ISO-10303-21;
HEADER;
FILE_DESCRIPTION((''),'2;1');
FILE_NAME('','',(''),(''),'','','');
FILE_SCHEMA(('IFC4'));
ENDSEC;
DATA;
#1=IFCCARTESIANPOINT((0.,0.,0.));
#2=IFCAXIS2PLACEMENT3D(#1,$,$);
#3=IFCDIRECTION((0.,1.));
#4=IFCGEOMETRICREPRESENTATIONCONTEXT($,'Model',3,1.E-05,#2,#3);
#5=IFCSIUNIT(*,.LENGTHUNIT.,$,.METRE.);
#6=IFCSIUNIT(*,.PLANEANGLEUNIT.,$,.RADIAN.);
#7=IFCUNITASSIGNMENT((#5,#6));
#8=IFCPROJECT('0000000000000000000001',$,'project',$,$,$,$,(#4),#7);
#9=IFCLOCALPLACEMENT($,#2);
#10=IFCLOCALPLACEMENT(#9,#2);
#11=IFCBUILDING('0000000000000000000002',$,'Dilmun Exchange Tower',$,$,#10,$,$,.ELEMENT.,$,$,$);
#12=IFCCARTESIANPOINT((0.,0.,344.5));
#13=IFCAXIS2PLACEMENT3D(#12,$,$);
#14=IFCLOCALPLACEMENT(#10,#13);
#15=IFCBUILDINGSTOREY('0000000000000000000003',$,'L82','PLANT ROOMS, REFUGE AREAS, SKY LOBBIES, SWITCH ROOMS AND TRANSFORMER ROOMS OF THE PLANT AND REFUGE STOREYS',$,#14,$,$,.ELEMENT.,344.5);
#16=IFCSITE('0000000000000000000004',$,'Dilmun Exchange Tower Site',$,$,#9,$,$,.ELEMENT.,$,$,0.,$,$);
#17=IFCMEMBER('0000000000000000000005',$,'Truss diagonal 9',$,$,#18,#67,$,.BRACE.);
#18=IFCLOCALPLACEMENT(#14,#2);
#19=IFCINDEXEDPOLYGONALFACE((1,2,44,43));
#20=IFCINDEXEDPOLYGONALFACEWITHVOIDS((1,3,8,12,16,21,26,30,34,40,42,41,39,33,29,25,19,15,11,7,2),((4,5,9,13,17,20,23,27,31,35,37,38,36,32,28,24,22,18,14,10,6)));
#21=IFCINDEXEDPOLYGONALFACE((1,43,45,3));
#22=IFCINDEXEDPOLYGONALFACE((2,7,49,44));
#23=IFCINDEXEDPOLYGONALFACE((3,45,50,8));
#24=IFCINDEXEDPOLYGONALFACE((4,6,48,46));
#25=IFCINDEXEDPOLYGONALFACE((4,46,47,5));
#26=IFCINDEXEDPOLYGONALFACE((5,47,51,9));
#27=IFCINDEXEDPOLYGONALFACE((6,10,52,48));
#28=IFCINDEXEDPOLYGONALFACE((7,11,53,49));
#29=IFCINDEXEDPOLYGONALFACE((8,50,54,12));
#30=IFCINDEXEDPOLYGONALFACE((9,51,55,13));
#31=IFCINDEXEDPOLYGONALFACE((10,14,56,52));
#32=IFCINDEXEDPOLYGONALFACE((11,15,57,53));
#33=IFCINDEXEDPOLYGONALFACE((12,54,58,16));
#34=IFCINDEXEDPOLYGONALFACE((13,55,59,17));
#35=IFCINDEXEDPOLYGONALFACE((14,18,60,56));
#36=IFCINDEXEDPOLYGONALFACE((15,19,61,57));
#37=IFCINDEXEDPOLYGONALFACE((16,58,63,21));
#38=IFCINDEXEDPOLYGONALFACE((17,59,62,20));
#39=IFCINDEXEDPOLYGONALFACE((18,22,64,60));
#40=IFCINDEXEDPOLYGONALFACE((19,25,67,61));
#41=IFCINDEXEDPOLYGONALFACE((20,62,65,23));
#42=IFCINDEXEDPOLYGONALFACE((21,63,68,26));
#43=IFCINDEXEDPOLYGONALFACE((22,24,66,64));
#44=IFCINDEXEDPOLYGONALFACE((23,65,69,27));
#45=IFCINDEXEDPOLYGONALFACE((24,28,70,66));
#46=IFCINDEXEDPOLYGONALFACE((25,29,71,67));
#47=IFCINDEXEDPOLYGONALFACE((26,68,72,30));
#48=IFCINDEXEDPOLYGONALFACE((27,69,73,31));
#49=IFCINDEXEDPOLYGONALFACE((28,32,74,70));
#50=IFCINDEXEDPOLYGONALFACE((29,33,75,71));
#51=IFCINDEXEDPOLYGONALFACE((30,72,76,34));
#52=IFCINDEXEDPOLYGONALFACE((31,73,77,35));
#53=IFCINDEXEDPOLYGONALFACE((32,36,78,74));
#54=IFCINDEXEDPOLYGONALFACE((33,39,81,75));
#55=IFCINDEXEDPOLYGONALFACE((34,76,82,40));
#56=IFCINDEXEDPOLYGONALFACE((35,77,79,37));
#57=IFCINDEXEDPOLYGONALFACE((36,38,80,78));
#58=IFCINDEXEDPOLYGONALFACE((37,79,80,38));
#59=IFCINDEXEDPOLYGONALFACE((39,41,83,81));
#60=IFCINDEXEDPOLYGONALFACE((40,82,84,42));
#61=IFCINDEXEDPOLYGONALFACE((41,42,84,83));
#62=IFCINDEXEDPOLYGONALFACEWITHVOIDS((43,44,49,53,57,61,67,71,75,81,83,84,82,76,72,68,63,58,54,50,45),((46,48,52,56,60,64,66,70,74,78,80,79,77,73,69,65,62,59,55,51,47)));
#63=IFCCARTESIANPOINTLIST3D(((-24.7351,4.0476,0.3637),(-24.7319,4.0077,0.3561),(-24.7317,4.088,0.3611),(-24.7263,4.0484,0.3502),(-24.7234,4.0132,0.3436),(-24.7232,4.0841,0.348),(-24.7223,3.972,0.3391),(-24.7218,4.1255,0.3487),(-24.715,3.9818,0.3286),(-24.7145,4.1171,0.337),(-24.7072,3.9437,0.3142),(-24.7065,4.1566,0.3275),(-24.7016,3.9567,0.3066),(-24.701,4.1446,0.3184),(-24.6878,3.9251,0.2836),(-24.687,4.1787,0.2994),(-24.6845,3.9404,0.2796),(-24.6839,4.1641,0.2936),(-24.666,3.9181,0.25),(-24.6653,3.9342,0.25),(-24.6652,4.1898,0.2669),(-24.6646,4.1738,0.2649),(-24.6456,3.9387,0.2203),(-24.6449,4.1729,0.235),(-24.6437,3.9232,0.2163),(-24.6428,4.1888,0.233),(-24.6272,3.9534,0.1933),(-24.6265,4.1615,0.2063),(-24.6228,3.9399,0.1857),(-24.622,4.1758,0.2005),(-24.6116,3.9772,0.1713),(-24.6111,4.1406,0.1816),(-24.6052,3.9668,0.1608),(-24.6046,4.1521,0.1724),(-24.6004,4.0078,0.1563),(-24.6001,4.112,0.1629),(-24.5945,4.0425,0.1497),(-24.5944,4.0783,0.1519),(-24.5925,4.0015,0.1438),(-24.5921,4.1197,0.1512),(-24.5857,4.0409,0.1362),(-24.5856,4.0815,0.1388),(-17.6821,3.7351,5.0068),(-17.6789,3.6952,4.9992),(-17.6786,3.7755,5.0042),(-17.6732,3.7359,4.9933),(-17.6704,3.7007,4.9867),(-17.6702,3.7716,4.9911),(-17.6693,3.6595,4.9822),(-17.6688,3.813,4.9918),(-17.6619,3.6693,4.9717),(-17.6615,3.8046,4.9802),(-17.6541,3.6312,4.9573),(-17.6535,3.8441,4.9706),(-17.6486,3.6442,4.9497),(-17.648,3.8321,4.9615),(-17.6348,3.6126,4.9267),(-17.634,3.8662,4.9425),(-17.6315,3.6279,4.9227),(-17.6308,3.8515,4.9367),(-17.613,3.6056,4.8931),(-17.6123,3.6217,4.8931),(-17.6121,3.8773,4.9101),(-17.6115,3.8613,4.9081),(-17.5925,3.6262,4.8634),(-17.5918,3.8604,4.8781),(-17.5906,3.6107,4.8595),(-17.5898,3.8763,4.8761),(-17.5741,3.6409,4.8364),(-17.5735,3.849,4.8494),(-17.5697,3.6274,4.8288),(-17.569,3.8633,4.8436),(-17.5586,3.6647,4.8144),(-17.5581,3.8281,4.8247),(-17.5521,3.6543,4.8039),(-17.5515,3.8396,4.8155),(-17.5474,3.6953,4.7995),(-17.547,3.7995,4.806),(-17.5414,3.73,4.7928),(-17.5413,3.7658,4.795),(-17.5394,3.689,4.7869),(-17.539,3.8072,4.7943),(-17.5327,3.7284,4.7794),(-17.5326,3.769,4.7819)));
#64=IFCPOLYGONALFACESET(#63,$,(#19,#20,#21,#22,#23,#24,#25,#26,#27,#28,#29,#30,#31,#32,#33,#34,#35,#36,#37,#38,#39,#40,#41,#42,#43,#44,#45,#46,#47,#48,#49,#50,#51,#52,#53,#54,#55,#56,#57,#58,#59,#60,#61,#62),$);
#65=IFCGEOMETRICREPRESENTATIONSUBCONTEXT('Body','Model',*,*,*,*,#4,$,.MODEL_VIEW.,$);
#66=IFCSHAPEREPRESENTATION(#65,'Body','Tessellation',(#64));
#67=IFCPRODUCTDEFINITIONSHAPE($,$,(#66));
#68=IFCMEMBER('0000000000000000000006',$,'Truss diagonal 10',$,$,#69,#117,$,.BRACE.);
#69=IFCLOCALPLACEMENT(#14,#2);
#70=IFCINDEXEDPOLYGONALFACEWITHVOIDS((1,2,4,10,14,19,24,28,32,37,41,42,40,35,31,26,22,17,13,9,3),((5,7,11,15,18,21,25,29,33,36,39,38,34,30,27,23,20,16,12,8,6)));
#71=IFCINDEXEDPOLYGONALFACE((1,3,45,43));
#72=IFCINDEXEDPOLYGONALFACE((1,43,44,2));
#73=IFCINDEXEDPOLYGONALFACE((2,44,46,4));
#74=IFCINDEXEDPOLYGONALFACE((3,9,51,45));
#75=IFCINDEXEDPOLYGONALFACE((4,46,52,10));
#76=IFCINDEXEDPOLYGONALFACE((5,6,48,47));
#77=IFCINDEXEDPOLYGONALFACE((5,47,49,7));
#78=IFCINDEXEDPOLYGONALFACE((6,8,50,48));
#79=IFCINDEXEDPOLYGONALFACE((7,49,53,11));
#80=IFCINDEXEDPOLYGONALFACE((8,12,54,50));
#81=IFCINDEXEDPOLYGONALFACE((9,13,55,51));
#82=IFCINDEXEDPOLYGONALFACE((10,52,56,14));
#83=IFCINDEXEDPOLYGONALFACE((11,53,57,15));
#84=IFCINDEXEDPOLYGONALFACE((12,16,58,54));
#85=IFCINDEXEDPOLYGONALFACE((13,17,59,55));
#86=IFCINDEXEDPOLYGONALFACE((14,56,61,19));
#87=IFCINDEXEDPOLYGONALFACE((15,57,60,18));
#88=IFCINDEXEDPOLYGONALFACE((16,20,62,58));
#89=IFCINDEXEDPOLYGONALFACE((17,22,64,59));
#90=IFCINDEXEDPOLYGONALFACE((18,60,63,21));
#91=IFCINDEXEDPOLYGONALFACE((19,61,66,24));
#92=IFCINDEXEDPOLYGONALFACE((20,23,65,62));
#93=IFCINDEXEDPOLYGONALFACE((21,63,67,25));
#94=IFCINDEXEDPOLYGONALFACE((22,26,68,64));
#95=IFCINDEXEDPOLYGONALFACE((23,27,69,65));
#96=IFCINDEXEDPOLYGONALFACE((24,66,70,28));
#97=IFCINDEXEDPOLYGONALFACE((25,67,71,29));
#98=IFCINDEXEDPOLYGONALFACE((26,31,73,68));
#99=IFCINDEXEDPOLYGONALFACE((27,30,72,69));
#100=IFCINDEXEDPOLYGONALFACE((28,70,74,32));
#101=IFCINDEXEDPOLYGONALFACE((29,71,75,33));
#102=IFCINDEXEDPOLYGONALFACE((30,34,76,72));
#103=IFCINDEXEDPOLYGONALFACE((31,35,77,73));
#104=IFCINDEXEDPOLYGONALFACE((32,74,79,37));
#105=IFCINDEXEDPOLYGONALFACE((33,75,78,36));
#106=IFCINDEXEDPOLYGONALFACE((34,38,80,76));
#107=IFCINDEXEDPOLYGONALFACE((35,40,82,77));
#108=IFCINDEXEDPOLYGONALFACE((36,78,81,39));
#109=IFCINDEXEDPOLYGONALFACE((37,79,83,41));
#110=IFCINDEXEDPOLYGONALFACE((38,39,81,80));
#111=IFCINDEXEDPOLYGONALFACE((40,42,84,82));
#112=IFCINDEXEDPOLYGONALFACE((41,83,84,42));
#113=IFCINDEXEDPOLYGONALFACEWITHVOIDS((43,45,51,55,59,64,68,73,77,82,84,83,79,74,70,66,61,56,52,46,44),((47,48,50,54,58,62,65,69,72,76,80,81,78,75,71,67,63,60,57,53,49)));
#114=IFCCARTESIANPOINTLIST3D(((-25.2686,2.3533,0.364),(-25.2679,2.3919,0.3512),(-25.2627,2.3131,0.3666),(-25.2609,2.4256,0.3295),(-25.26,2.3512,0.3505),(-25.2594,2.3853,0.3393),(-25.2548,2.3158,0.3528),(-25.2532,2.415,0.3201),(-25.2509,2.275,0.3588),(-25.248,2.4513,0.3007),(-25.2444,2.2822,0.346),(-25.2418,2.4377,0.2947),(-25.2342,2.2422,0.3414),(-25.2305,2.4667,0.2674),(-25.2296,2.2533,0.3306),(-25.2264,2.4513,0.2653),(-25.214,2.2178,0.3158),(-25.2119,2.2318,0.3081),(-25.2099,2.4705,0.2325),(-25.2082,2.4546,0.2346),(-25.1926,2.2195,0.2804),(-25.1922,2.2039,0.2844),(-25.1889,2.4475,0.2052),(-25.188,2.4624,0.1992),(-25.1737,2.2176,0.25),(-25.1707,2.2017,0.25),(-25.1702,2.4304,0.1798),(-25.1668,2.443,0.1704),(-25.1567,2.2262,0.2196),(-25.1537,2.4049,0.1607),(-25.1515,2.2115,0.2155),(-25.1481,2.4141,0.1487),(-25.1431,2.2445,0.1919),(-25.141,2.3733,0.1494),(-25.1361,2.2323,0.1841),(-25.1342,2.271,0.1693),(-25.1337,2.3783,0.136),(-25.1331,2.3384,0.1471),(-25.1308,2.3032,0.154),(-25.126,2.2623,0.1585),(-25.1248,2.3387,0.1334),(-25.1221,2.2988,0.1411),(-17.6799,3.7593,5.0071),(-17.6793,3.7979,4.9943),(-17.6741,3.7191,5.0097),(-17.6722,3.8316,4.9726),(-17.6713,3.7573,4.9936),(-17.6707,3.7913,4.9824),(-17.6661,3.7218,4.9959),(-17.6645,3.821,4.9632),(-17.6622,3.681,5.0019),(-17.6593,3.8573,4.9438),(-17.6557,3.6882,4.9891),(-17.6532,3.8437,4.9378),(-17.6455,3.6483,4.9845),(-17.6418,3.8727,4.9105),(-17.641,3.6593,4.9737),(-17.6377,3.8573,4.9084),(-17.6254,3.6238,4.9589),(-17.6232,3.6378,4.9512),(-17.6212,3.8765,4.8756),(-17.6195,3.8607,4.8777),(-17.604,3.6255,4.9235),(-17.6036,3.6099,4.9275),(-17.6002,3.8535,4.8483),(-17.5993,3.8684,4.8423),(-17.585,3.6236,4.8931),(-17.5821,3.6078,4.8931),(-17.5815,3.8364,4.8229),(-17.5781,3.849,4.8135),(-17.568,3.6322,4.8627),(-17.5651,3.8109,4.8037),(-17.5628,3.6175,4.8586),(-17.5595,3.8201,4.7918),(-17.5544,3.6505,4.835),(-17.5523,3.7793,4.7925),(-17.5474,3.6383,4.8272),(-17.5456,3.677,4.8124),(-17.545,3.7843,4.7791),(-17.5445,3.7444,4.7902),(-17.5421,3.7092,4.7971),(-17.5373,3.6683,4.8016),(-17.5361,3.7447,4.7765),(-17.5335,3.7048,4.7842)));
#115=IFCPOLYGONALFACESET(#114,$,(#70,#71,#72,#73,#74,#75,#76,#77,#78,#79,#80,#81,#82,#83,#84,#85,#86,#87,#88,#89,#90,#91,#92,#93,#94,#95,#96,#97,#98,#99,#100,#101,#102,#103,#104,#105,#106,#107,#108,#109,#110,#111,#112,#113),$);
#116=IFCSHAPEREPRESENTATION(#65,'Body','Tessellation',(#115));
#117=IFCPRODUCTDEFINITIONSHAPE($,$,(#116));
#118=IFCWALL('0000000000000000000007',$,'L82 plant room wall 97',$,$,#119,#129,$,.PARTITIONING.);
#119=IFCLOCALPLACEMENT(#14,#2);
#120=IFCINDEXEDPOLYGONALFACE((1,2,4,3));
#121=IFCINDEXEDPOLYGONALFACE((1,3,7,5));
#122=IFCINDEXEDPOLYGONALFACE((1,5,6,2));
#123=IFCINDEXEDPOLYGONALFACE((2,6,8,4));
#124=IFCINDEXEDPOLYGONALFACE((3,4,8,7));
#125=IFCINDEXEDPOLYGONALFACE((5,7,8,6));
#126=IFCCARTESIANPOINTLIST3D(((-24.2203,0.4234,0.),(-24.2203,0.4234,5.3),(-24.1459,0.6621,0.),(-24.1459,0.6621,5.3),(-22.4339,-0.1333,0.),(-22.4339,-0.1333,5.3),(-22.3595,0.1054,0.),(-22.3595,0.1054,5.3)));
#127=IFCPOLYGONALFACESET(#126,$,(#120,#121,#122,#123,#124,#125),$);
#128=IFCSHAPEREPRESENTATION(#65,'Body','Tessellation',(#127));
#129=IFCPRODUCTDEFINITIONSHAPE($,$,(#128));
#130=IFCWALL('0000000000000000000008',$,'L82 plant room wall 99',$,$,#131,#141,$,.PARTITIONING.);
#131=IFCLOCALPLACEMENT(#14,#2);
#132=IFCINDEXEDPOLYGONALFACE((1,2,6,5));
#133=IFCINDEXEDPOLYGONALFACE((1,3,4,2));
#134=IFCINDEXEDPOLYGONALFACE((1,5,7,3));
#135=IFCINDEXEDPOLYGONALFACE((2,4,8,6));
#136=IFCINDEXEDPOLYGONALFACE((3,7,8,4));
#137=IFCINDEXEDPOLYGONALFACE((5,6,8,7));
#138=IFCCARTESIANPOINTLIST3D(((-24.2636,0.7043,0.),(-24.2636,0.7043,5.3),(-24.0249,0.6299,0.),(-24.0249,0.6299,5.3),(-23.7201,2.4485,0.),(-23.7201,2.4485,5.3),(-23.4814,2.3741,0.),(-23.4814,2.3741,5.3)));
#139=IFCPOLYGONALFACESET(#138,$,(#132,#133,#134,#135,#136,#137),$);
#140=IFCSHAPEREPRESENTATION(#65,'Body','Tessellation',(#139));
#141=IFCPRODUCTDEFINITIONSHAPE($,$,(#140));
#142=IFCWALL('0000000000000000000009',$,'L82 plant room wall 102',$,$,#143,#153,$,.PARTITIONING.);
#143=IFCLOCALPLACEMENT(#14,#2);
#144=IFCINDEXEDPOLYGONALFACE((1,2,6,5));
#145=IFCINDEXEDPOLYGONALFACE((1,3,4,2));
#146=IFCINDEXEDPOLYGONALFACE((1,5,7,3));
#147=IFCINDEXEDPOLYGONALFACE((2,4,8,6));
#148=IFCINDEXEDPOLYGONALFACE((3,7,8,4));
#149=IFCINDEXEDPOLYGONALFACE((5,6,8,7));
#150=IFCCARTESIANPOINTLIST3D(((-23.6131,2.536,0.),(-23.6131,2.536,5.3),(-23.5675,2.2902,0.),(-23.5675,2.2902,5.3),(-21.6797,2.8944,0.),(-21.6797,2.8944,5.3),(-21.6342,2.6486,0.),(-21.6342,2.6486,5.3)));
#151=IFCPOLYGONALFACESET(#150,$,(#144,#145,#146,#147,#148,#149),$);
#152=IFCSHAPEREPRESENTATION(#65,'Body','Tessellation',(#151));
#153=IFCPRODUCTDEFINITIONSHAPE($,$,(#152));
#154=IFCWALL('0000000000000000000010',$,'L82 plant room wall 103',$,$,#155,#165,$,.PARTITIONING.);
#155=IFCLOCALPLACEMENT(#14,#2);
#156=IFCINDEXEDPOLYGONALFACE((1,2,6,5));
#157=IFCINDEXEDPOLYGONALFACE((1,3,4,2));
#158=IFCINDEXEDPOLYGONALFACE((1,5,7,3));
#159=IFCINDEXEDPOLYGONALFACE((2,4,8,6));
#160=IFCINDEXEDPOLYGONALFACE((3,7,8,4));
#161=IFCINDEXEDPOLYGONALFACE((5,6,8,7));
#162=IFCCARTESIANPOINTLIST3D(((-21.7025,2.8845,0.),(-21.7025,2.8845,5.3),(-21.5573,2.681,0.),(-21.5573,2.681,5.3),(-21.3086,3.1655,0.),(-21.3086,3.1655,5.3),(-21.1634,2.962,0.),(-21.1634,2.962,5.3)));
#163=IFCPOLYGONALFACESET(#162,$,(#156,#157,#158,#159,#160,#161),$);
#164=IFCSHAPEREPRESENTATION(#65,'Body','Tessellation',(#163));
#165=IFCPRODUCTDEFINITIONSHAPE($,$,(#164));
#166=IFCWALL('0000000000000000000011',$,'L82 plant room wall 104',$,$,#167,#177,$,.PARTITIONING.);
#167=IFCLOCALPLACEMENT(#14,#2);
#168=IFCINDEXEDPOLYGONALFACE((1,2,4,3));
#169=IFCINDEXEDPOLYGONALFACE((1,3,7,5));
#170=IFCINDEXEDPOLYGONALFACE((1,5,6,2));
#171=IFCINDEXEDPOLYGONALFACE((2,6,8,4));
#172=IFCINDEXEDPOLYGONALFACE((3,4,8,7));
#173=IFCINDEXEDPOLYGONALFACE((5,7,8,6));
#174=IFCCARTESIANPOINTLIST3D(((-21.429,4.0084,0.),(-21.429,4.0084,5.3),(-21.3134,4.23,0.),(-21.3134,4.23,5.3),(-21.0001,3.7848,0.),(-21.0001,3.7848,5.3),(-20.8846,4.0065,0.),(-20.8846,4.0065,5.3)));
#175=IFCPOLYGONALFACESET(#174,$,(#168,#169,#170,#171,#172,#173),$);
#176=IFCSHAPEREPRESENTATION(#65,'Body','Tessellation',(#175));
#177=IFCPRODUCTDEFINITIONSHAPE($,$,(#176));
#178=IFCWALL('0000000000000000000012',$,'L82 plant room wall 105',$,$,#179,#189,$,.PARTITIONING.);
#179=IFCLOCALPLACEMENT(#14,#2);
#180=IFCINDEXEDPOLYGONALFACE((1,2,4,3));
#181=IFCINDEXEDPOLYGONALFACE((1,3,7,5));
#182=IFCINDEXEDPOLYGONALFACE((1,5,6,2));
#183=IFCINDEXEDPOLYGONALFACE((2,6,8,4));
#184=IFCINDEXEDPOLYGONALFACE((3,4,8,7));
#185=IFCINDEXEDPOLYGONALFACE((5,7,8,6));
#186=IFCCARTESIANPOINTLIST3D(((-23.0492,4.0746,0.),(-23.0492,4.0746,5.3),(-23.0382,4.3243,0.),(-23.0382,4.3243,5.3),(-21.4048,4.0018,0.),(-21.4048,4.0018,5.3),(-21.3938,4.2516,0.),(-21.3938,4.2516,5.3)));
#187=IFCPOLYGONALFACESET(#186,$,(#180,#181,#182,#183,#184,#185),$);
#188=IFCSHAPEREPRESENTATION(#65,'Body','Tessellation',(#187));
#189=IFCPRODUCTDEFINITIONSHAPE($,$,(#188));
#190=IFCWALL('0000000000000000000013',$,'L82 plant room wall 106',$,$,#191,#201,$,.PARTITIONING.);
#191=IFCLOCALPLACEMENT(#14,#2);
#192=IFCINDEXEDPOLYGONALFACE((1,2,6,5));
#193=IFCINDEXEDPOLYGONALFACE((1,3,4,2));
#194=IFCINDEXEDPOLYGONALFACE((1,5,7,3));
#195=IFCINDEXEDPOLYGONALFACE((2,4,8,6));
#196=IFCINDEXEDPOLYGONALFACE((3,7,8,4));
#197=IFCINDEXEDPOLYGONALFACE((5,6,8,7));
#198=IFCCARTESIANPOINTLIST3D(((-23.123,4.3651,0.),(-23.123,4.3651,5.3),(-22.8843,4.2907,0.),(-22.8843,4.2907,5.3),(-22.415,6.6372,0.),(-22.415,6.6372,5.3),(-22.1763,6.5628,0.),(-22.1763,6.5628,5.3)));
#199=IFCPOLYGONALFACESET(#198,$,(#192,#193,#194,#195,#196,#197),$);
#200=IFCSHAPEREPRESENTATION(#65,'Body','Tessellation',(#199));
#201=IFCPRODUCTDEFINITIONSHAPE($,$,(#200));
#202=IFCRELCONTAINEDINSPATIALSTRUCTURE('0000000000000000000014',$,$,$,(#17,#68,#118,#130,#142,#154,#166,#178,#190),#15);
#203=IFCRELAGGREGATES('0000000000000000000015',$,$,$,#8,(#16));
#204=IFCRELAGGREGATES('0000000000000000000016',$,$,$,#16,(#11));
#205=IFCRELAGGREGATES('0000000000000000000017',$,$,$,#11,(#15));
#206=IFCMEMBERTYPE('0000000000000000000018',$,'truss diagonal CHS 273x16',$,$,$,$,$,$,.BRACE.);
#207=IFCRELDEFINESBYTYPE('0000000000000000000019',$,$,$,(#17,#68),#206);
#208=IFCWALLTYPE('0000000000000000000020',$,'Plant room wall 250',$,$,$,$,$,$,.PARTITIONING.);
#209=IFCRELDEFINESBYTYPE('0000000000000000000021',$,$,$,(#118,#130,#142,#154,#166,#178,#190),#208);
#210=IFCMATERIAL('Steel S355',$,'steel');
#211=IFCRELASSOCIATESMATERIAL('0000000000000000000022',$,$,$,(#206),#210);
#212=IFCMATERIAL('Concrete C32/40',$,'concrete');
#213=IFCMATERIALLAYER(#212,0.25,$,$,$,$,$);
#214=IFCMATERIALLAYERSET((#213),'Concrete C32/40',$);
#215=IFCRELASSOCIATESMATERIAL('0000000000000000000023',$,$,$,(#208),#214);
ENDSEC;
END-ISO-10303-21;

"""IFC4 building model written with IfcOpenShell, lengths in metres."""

from ifc_helpers import new_model, si_unit, direction, frame, frame_2d, origin, origin_2d, place, context, subcontext, project, spatial, rectangle, hollow_circle, extrude, material, layer, layer_set, material_profile, profile_set, type_object, element, save


model = new_model("IFC4")

# Units and contexts
model_context = context("Model", 3, precision=1e-05, world=origin(), true_north=direction((0.0, 1.0)))
body_context = subcontext(model_context, "Body", "Model", "MODEL_VIEW")
ifc_project = project(units=[si_unit("LENGTHUNIT", "METRE"), si_unit("PLANEANGLEUNIT", "RADIAN")], contexts=[model_context])

# Site, building, storey
site_placement = place(None, origin())
site = spatial("IfcSite", under=ifc_project, at=site_placement, Name="Dilmun Exchange Tower Site", CompositionType="ELEMENT", RefElevation=0.0)
building_placement = place(site_placement, origin())
building = spatial("IfcBuilding", under=site, at=building_placement, Name="Dilmun Exchange Tower", CompositionType="ELEMENT")
storey_placement = place(building_placement, frame((0.0, 0.0, 344.5)))
storey = spatial("IfcBuildingStorey", under=building, at=storey_placement, Name="L82", Description="PLANT ROOMS, REFUGE AREAS, SKY LOBBIES, SWITCH ROOMS AND TRANSFORMER ROOMS OF THE PLANT AND REFUGE STOREYS", CompositionType="ELEMENT", Elevation=344.5)

# Shared definitions
ifc_material_1 = material(Name="Steel S355", Category="steel")

# Members
ifc_material_profile_1 = material_profile(ifc_material_1, hollow_circle(Radius=0.1365, WallThickness=0.0161, at=origin_2d()), Name="CHS 273x16")
ifc_profile_set_1 = profile_set([ifc_material_profile_1], Name="Steel S355")
member_type = type_object("IfcMemberType", Name="truss diagonal CHS 273x16", PredefinedType="BRACE", material=ifc_profile_set_1)
member_1_placement = place(storey_placement, frame((-17.6069, 3.7419, 4.8931), z_axis=(-0.834685, 0.036983, -0.549484), x_axis=(-0.044264, -0.99902, 0.0)))
element("IfcMember", 1, at=member_1_placement, inside=storey, type_object=member_type, Name="Truss diagonal 9", PredefinedType="BRACE", context=body_context, shape_type="SweptSolid", body=[
    extrude(hollow_circle(Radius=0.1365, WallThickness=0.0161, at=origin_2d()), origin(), (0.0, 0.0, 1.0), 8.45),
])
member_2_placement = place(storey_placement, frame((-17.6069, 3.7419, 4.8931), z_axis=(-0.842545, -0.156105, -0.515508), x_axis=(0.182178, -0.983266, 0.0)))
element("IfcMember", 2, at=member_2_placement, inside=storey, type_object=member_type, Name="Truss diagonal 10", PredefinedType="BRACE", context=body_context, shape_type="SweptSolid", body=[
    extrude(hollow_circle(Radius=0.1365, WallThickness=0.0161, at=origin_2d()), origin(), (0.0, 0.0, 1.0), 9.0068),
])

# Walls
ifc_material_2 = material(Name="Concrete C32/40", Category="concrete")
ifc_layer_1 = layer(ifc_material_2, 0.25)
ifc_layer_set_1 = layer_set([ifc_layer_1], Name="Concrete C32/40")
wall_type = type_object("IfcWallType", Name="Plant room wall 250", PredefinedType="PARTITIONING", material=ifc_layer_set_1)
wall_1_placement = place(storey_placement, frame((-24.1831, 0.5427, 0.0), z_axis=(0.0, 0.0, 1.0), x_axis=(0.954723, -0.297495, 0.0)))
element("IfcWall", 3, at=wall_1_placement, inside=storey, type_object=wall_type, Name="L82 plant room wall 97", PredefinedType="PARTITIONING", context=body_context, shape_type="SweptSolid", body=[
    extrude(rectangle(XDim=1.8711, YDim=0.25, at=frame_2d((0.9355, 0.0))), origin(), (0.0, 0.0, 1.0), 5.3),
])
wall_2_placement = place(storey_placement, frame((-24.1443, 0.667, 0.0), z_axis=(0.0, 0.0, 1.0), x_axis=(0.297484, 0.954727, 0.0)))
element("IfcWall", 4, at=wall_2_placement, inside=storey, type_object=wall_type, Name="L82 plant room wall 99", PredefinedType="PARTITIONING", context=body_context, shape_type="SweptSolid", body=[
    extrude(rectangle(XDim=1.8269, YDim=0.25, at=frame_2d((0.9136, 0.0))), origin(), (0.0, 0.0, 1.0), 5.3),
])
wall_3_placement = place(storey_placement, frame((-23.5903, 2.4131, 0.0), z_axis=(0.0, 0.0, 1.0), x_axis=(0.983248, 0.182272, 0.0)))
element("IfcWall", 5, at=wall_3_placement, inside=storey, type_object=wall_type, Name="L82 plant room wall 102", PredefinedType="PARTITIONING", context=body_context, shape_type="SweptSolid", body=[
    extrude(rectangle(XDim=1.9663, YDim=0.25, at=frame_2d((0.9832, 0.0))), origin(), (0.0, 0.0, 1.0), 5.3),
])
wall_4_placement = place(storey_placement, frame((-21.6299, 2.7827, 0.0), z_axis=(0.0, 0.0, 1.0), x_axis=(0.814006, 0.580856, 0.0)))
element("IfcWall", 6, at=wall_4_placement, inside=storey, type_object=wall_type, Name="L82 plant room wall 103", PredefinedType="PARTITIONING", context=body_context, shape_type="SweptSolid", body=[
    extrude(rectangle(XDim=0.4839, YDim=0.25, at=frame_2d((0.2419, 0.0))), origin(), (0.0, 0.0, 1.0), 5.3),
])
wall_5_placement = place(storey_placement, frame((-21.3711, 4.1191, 0.0), z_axis=(0.0, 0.0, 1.0), x_axis=(0.886729, -0.46229, 0.0)))
element("IfcWall", 7, at=wall_5_placement, inside=storey, type_object=wall_type, Name="L82 plant room wall 104", PredefinedType="PARTITIONING", context=body_context, shape_type="SweptSolid", body=[
    extrude(rectangle(XDim=0.4836, YDim=0.25, at=frame_2d((0.2417, 0.0))), origin(), (0.0, 0.0, 1.0), 5.3),
])
wall_6_placement = place(storey_placement, frame((-23.0437, 4.1995, 0.0), z_axis=(0.0, 0.0, 1.0), x_axis=(0.999023, -0.044203, 0.0)))
element("IfcWall", 8, at=wall_6_placement, inside=storey, type_object=wall_type, Name="L82 plant room wall 105", PredefinedType="PARTITIONING", context=body_context, shape_type="SweptSolid", body=[
    extrude(rectangle(XDim=1.646, YDim=0.25, at=frame_2d((0.823, 0.0))), origin(), (0.0, 0.0, 1.0), 5.3),
])
wall_7_placement = place(storey_placement, frame((-23.0037, 4.3279, 0.0), z_axis=(0.0, 0.0, 1.0), x_axis=(0.297486, 0.954726, 0.0)))
element("IfcWall", 9, at=wall_7_placement, inside=storey, type_object=wall_type, Name="L82 plant room wall 106", PredefinedType="PARTITIONING", context=body_context, shape_type="SweptSolid", body=[
    extrude(rectangle(XDim=2.3799, YDim=0.25, at=frame_2d((1.1899, 0.0))), origin(), (0.0, 0.0, 1.0), 5.3),
])

save(model, "model.ifc")
